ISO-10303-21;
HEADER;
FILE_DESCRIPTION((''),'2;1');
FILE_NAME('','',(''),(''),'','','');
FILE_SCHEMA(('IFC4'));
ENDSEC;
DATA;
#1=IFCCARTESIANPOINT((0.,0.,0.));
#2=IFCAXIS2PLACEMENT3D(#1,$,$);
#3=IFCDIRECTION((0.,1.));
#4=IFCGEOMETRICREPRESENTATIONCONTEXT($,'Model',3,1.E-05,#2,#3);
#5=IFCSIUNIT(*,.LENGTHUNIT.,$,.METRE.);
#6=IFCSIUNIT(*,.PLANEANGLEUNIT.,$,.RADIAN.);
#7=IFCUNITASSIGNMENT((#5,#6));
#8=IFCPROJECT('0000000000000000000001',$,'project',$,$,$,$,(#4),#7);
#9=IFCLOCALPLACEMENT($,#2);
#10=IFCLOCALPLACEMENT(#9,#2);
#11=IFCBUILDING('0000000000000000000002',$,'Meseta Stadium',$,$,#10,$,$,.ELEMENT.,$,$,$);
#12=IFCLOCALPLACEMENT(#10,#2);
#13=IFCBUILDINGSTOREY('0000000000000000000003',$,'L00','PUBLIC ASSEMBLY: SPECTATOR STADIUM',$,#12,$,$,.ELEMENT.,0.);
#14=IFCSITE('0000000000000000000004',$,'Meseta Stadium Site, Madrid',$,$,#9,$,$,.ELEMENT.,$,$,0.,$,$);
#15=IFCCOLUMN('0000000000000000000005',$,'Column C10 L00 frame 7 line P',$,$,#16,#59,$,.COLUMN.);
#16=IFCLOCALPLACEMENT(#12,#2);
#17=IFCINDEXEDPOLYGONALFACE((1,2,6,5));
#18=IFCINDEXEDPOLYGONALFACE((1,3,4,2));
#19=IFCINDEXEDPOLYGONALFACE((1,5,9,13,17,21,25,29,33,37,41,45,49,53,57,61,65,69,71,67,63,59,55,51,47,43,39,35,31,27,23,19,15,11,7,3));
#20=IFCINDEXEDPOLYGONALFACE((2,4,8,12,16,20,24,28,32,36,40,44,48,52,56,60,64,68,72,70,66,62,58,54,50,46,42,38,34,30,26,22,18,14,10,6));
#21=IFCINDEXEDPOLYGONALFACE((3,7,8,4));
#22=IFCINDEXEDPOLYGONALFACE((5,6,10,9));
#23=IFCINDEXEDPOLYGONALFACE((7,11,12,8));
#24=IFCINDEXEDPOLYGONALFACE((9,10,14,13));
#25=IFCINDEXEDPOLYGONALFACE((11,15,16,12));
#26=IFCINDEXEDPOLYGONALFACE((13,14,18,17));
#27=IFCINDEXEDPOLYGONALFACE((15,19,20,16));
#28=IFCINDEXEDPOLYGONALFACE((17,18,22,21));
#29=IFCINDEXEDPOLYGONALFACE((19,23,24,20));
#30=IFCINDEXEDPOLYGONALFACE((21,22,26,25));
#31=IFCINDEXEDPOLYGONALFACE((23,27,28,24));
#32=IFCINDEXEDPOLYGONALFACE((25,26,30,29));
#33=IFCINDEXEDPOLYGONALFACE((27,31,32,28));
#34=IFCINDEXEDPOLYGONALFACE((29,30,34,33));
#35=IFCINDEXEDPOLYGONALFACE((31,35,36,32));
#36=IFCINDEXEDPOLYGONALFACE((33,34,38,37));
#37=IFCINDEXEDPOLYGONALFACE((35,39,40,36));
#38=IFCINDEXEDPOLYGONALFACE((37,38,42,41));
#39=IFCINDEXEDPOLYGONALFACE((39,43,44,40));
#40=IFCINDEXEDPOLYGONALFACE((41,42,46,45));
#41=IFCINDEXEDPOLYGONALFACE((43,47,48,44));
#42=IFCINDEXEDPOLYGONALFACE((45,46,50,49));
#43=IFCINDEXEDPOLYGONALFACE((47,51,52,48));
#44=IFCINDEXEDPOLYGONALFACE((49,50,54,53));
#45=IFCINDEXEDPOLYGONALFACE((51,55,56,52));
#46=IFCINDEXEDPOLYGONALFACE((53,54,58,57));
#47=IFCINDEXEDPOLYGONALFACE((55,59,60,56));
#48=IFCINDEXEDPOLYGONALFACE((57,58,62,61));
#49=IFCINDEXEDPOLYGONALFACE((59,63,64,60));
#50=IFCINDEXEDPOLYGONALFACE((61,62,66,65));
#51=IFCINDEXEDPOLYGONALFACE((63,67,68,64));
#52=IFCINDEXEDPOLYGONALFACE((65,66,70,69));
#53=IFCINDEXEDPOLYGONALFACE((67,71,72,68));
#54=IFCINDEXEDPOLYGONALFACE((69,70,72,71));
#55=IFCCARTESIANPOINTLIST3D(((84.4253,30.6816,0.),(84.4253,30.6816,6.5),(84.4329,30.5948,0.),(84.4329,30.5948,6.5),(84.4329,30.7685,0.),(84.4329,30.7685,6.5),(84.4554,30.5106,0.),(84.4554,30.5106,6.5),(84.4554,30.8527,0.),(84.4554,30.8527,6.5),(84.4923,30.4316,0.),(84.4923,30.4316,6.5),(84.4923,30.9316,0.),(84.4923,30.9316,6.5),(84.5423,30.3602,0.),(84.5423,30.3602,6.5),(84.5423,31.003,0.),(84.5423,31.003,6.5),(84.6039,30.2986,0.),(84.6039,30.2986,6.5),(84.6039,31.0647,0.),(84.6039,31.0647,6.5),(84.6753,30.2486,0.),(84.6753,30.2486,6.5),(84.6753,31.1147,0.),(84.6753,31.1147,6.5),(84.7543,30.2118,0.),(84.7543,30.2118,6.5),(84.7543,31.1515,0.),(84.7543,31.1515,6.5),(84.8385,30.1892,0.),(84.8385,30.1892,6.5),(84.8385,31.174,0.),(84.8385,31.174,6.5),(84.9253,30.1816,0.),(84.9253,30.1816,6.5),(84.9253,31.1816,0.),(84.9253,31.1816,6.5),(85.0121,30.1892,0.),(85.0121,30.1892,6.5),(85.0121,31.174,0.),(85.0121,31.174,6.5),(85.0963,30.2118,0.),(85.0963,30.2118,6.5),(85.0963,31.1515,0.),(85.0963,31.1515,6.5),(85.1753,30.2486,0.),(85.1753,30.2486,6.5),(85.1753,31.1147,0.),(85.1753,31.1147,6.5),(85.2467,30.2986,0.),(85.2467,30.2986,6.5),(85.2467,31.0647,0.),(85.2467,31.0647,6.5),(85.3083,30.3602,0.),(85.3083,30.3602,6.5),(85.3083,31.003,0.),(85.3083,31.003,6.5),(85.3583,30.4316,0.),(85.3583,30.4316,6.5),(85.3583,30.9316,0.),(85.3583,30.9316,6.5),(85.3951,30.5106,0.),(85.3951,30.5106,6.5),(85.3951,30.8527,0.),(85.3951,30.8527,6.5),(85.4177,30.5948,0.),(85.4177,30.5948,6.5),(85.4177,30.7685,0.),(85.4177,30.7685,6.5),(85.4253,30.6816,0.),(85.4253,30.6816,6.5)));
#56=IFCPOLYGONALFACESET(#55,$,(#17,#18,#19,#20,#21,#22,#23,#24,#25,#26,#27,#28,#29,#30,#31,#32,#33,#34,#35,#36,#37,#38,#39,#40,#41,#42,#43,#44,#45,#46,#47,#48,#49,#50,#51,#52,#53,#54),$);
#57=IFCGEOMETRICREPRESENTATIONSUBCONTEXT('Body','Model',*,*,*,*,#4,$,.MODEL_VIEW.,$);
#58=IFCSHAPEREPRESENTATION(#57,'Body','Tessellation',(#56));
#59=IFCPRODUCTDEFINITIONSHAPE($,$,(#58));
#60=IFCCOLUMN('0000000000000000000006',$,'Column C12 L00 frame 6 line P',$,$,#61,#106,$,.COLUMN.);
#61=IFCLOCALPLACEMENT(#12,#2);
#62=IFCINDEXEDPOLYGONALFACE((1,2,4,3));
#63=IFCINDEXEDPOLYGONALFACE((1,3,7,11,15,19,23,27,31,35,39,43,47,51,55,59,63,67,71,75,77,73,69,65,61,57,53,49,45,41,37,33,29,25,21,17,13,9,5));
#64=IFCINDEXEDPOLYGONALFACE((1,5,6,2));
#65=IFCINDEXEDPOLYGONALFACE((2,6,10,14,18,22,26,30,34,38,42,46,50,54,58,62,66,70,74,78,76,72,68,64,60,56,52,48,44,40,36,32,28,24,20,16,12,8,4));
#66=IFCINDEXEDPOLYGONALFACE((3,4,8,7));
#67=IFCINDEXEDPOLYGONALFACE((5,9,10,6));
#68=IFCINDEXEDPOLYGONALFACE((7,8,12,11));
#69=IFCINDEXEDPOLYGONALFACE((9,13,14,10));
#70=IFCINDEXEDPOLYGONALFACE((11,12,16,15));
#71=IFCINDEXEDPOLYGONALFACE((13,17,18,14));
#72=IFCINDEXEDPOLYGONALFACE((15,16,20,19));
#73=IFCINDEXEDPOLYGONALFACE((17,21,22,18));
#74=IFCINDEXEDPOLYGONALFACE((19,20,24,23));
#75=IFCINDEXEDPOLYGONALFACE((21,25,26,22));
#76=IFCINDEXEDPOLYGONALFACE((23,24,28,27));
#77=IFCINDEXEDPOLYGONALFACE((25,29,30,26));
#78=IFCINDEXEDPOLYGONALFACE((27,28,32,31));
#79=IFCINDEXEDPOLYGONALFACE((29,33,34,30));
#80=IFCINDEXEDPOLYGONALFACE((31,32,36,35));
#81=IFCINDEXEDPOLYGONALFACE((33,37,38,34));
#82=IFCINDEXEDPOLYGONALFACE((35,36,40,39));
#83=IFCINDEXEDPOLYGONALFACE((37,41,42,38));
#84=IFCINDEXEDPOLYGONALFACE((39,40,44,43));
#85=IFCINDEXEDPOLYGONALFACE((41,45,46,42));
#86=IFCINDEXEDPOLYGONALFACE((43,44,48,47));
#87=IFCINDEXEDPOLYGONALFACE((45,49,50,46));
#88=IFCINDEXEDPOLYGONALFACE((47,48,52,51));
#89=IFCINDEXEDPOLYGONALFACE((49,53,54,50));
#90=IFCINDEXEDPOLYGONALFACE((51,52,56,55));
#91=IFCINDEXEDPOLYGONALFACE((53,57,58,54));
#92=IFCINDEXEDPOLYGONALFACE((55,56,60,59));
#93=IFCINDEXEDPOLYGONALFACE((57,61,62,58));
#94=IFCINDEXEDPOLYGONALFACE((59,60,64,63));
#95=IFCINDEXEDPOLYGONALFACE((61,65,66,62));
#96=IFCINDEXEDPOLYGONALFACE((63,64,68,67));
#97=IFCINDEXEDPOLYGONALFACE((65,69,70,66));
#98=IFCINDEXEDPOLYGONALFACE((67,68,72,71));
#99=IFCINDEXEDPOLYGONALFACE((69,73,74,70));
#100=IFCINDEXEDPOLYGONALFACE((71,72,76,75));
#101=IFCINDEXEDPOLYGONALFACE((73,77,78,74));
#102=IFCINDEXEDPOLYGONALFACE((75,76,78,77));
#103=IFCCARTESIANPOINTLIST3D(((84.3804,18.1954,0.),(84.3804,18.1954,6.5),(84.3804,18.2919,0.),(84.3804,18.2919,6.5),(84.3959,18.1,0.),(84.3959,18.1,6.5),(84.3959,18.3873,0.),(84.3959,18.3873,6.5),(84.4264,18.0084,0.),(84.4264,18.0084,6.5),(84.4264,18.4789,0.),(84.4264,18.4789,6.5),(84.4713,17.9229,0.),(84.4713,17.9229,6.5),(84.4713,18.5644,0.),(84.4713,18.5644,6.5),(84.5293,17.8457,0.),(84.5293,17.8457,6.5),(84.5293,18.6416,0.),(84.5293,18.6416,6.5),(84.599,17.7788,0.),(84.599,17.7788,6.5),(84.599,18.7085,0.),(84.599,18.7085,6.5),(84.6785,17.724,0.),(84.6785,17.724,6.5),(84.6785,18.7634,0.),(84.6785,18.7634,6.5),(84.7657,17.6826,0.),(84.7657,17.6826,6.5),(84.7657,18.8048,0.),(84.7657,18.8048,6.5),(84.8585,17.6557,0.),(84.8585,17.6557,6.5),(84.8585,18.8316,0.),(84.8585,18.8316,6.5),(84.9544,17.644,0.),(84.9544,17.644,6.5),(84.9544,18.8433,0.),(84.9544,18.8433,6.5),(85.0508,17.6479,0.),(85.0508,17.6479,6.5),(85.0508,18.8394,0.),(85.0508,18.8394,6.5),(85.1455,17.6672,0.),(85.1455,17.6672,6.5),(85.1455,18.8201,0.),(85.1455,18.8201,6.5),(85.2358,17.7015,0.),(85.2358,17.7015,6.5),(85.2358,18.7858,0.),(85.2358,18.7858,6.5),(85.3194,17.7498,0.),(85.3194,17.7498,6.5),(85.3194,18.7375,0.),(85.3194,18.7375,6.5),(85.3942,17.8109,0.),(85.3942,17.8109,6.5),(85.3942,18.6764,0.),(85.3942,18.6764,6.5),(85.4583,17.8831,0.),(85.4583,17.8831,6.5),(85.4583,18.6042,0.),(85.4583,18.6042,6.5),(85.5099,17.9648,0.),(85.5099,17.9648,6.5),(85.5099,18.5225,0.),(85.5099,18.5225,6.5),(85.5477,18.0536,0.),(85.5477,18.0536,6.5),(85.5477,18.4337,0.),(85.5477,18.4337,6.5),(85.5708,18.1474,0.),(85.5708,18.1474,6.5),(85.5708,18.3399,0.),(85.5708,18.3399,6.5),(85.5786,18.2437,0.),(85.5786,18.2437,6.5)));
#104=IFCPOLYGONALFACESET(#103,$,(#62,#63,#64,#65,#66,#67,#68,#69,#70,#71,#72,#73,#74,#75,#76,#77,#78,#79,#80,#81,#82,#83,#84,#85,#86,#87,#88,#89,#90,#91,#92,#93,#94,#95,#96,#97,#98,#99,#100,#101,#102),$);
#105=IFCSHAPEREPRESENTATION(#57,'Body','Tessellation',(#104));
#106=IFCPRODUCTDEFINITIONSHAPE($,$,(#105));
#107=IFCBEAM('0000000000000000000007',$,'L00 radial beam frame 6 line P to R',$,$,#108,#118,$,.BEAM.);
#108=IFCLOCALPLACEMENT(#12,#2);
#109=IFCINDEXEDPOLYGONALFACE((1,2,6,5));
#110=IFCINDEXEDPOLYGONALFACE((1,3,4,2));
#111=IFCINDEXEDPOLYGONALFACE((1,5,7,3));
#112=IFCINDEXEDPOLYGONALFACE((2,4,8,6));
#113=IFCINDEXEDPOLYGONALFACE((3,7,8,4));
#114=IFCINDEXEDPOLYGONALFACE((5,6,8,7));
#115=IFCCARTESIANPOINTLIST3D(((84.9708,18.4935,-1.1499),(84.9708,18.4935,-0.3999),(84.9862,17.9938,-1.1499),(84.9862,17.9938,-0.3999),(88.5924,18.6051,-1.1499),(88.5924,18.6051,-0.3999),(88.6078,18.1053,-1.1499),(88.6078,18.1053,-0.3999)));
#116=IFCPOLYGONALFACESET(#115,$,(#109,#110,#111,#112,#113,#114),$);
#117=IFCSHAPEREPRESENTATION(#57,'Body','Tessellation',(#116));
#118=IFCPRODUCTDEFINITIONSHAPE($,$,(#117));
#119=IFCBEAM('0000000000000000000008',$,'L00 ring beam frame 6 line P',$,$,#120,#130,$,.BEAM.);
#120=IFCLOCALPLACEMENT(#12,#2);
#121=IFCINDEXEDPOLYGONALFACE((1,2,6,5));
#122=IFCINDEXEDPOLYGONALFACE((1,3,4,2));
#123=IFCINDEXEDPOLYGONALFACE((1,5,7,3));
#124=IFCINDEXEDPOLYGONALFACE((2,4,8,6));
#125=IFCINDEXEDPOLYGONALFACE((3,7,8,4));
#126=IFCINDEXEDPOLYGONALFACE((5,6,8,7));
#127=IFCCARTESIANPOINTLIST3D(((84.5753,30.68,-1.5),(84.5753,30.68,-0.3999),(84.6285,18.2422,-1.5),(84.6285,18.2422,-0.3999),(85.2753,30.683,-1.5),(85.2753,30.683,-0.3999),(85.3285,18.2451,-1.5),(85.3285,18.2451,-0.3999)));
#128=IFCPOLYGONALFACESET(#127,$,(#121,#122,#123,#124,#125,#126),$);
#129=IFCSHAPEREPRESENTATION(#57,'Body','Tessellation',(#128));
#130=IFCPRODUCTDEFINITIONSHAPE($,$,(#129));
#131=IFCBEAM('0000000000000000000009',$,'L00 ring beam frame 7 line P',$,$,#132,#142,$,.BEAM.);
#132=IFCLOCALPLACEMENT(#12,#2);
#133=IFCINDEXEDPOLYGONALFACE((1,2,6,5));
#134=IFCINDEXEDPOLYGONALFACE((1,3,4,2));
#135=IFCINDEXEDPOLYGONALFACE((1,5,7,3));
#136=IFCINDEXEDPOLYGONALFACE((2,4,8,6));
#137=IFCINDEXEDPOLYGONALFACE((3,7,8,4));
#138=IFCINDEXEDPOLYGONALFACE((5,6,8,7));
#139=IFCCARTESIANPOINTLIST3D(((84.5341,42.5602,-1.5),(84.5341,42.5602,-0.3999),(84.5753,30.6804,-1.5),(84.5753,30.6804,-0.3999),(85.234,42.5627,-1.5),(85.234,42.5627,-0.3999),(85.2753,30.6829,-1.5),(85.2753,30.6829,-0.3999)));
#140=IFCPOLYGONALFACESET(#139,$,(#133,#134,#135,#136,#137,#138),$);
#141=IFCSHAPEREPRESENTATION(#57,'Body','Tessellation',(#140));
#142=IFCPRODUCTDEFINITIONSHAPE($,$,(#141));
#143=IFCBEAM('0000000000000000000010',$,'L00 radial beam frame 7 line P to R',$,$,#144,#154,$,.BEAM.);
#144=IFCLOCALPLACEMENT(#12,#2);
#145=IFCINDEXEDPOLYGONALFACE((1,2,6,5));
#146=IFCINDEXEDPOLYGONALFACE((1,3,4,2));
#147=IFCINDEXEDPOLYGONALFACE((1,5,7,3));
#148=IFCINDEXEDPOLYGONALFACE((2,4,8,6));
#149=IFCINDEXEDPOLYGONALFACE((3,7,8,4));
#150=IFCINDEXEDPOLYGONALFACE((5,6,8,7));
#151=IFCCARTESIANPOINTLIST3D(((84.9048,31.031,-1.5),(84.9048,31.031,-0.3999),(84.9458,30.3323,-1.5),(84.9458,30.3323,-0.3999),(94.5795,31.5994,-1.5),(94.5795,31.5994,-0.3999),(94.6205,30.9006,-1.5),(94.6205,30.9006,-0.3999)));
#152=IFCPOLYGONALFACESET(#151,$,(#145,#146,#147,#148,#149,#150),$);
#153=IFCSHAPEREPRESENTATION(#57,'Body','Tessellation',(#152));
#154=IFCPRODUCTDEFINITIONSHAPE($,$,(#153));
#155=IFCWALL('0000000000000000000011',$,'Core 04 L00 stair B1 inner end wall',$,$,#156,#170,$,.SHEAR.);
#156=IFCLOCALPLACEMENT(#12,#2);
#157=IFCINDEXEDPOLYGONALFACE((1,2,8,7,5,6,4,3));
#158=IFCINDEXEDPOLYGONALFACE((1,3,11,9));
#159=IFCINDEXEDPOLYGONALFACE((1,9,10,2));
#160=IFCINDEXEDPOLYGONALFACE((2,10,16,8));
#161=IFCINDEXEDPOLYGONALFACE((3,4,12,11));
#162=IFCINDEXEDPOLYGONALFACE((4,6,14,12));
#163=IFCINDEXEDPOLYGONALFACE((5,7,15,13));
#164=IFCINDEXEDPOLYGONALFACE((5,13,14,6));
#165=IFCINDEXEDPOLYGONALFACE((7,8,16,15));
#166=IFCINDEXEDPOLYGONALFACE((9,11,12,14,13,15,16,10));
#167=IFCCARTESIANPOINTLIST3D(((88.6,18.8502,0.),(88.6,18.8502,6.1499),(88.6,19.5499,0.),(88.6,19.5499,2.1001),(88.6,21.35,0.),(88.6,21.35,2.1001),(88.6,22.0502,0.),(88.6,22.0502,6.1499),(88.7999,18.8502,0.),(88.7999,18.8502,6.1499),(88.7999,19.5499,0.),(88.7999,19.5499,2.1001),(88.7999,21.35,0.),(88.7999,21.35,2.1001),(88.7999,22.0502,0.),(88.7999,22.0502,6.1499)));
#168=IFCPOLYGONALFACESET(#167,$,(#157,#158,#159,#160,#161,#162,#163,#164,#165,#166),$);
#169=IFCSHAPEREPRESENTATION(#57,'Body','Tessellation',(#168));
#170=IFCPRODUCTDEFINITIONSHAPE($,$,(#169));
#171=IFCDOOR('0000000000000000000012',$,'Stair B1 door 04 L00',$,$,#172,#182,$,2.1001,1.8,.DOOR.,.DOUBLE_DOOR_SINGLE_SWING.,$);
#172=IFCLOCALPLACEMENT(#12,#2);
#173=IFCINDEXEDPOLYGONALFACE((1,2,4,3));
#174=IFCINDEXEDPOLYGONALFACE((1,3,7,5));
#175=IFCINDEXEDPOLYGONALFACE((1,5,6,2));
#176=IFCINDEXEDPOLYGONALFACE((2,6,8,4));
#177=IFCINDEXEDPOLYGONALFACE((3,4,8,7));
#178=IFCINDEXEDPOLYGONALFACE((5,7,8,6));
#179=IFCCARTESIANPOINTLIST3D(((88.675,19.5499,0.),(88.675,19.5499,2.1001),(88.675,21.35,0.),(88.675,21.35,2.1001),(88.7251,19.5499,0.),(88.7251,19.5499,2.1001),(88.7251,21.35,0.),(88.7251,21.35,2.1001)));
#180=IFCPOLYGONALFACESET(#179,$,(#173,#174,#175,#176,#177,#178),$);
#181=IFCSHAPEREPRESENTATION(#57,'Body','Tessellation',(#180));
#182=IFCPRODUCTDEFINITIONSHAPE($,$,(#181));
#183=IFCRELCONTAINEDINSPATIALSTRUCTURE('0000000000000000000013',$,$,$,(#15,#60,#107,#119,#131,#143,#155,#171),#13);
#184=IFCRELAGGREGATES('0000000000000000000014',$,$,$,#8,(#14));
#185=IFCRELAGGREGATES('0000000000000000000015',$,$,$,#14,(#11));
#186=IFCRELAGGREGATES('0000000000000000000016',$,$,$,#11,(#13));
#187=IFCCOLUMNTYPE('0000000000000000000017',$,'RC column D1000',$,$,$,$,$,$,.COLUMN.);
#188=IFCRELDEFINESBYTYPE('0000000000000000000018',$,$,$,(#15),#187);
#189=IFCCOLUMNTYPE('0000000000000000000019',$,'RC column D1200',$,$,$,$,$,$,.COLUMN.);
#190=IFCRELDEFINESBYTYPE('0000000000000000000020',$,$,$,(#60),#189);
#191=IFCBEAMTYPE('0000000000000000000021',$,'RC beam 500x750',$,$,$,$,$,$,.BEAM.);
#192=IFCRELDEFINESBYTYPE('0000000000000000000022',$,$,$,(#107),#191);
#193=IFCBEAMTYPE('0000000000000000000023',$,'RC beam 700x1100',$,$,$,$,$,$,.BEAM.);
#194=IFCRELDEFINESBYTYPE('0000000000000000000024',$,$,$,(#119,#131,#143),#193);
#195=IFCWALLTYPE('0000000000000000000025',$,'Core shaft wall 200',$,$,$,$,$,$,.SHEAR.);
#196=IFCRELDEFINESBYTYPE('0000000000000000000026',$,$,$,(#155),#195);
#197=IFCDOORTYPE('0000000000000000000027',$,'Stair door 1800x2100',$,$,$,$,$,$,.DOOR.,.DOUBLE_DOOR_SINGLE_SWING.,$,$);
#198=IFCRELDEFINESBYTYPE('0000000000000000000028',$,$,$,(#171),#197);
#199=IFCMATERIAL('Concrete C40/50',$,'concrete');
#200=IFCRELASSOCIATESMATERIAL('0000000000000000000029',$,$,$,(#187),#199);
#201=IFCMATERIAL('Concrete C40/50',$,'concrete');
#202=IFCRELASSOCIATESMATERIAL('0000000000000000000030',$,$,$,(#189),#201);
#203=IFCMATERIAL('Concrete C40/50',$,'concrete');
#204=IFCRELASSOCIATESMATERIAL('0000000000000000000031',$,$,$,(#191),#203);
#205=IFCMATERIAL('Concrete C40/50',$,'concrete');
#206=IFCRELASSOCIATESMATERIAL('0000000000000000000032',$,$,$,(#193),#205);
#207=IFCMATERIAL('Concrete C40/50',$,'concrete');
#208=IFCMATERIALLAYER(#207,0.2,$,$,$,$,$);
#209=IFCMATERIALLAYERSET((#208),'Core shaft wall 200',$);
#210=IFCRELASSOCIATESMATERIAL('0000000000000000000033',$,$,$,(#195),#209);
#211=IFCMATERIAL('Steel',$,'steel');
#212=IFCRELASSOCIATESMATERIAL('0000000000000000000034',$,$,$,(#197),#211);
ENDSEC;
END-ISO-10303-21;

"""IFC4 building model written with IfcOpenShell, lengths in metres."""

from ifc_helpers import new_model, si_unit, direction, frame, frame_2d, origin, origin_2d, place, context, subcontext, project, spatial, rectangle, circle, extrude, material, layer, layer_set, material_profile, profile_set, type_object, element, fill, save


model = new_model("IFC4")

# Units and contexts
model_context = context("Model", 3, precision=1e-05, world=origin(), true_north=direction((0.0, 1.0)))
body_context = subcontext(model_context, "Body", "Model", "MODEL_VIEW")
ifc_project = project(units=[si_unit("LENGTHUNIT", "METRE"), si_unit("PLANEANGLEUNIT", "RADIAN")], contexts=[model_context])

# Site, building, storey
site_placement = place(None, origin())
site = spatial("IfcSite", under=ifc_project, at=site_placement, Name="Meseta Stadium Site, Madrid", CompositionType="ELEMENT", RefElevation=0.0)
building_placement = place(site_placement, origin())
building = spatial("IfcBuilding", under=site, at=building_placement, Name="Meseta Stadium", CompositionType="ELEMENT")
storey_placement = place(building_placement, origin())
storey = spatial("IfcBuildingStorey", under=building, at=storey_placement, Name="L00", Description="PUBLIC ASSEMBLY: SPECTATOR STADIUM", CompositionType="ELEMENT", Elevation=0.0)

# Columns
ifc_material_1 = material(Name="Concrete C40/50", Category="concrete")
ifc_material_profile_1 = material_profile(ifc_material_1, circle(Radius=0.5, at=origin_2d()), Name="RC D1000")
ifc_profile_set_1 = profile_set([ifc_material_profile_1], Name="Concrete C40/50")
column_type_1 = type_object("IfcColumnType", Name="RC column D1000", PredefinedType="COLUMN", material=ifc_profile_set_1)
column_1_placement = place(storey_placement, frame((84.9253, 30.6816, 0.0), z_axis=(0.0, 0.0, 1.0), x_axis=(1.0, 0.0, 0.0)))
element("IfcColumn", 1, at=column_1_placement, inside=storey, type_object=column_type_1, Name="Column C10 L00 frame 7 line P", PredefinedType="COLUMN", context=body_context, shape_type="SweptSolid", body=[
    extrude(circle(Radius=0.5, at=origin_2d()), origin(), (0.0, 0.0, 1.0), 6.5),
])
ifc_material_2 = material(Name="Concrete C40/50", Category="concrete")
ifc_material_profile_2 = material_profile(ifc_material_2, circle(Radius=0.6001, at=origin_2d()), Name="RC D1200")
ifc_profile_set_2 = profile_set([ifc_material_profile_2], Name="Concrete C40/50")
column_type_2 = type_object("IfcColumnType", Name="RC column D1200", PredefinedType="COLUMN", material=ifc_profile_set_2)
column_2_placement = place(storey_placement, frame((84.9785, 18.2437, 0.0), z_axis=(0.0, 0.0, 1.0), x_axis=(1.0, 0.0, 0.0)))
element("IfcColumn", 2, at=column_2_placement, inside=storey, type_object=column_type_2, Name="Column C12 L00 frame 6 line P", PredefinedType="COLUMN", context=body_context, shape_type="SweptSolid", body=[
    extrude(circle(Radius=0.6001, at=origin_2d()), origin(), (0.0, 0.0, 1.0), 6.5),
])

# Beams
ifc_material_3 = material(Name="Concrete C40/50", Category="concrete")
ifc_material_profile_3 = material_profile(ifc_material_3, rectangle(XDim=0.5, YDim=0.75, at=origin_2d()), Name="RC 500x750")
ifc_profile_set_3 = profile_set([ifc_material_profile_3], Name="Concrete C40/50")
beam_type_1 = type_object("IfcBeamType", Name="RC beam 500x750", PredefinedType="BEAM", material=ifc_profile_set_3)
beam_1_placement = place(storey_placement, frame((84.9785, 18.2437, -0.7749), z_axis=(0.999526, 0.030793, 0.0), x_axis=(-0.030793, 0.999526, 0.0)))
element("IfcBeam", 3, at=beam_1_placement, inside=storey, type_object=beam_type_1, Name="L00 radial beam frame 6 line P to R", PredefinedType="BEAM", context=body_context, shape_type="SweptSolid", body=[
    extrude(rectangle(XDim=0.5, YDim=0.75, at=origin_2d()), origin(), (0.0, 0.0, 1.0), 3.6233),
])
ifc_material_4 = material(Name="Concrete C40/50", Category="concrete")
ifc_material_profile_4 = material_profile(ifc_material_4, rectangle(XDim=0.7, YDim=1.1001, at=origin_2d()), Name="RC 700x1100")
ifc_profile_set_4 = profile_set([ifc_material_profile_4], Name="Concrete C40/50")
beam_type_2 = type_object("IfcBeamType", Name="RC beam 700x1100", PredefinedType="BEAM", material=ifc_profile_set_4)
beam_2_placement = place(storey_placement, frame((84.9785, 18.2437, -0.95), z_axis=(-0.004279, 0.999991, 0.0), x_axis=(-0.999991, -0.004279, 0.0)))
element("IfcBeam", 4, at=beam_2_placement, inside=storey, type_object=beam_type_2, Name="L00 ring beam frame 6 line P", PredefinedType="BEAM", context=body_context, shape_type="SweptSolid", body=[
    extrude(rectangle(XDim=0.7, YDim=1.1001, at=origin_2d()), origin(), (0.0, 0.0, 1.0), 12.438),
])
beam_3_placement = place(storey_placement, frame((84.9253, 30.6816, -0.95), z_axis=(-0.003473, 0.999994, 0.0), x_axis=(-0.999994, -0.003473, 0.0)))
element("IfcBeam", 5, at=beam_3_placement, inside=storey, type_object=beam_type_2, Name="L00 ring beam frame 7 line P", PredefinedType="BEAM", context=body_context, shape_type="SweptSolid", body=[
    extrude(rectangle(XDim=0.7, YDim=1.1001, at=origin_2d()), origin(), (0.0, 0.0, 1.0), 11.8799),
])
beam_4_placement = place(storey_placement, frame((84.9253, 30.6816, -0.95), z_axis=(0.998279, 0.058645, 0.0), x_axis=(-0.058645, 0.998279, 0.0)))
element("IfcBeam", 6, at=beam_4_placement, inside=storey, type_object=beam_type_2, Name="L00 radial beam frame 7 line P to R", PredefinedType="BEAM", context=body_context, shape_type="SweptSolid", body=[
    extrude(rectangle(XDim=0.7, YDim=1.1001, at=origin_2d()), origin(), (0.0, 0.0, 1.0), 9.6914),
])

# Wall, opening, door
ifc_material_5 = material(Name="Concrete C40/50", Category="concrete")
ifc_layer_1 = layer(ifc_material_5, 0.2)
ifc_layer_set_1 = layer_set([ifc_layer_1], Name="Core shaft wall 200")
wall_type_1 = type_object("IfcWallType", Name="Core shaft wall 200", PredefinedType="SHEAR", material=ifc_layer_set_1)
wall_1_placement = place(storey_placement, frame((88.7, 18.8501, 0.0), z_axis=(0.0, 0.0, 1.0), x_axis=(0.0, 1.0, 0.0)))
wall_1 = element("IfcWall", 7, at=wall_1_placement, inside=storey, type_object=wall_type_1, Name="Core 04 L00 stair B1 inner end wall", PredefinedType="SHEAR", context=body_context, shape_type="SweptSolid", body=[
    extrude(rectangle(XDim=3.2, YDim=0.2, at=frame_2d((1.6001, 0.0))), origin(), (0.0, 0.0, 1.0), 6.1499),
])
opening_1_placement = place(wall_1_placement, frame((0.7, 0.0, 0.0)))
opening_1 = element("IfcOpeningElement", 8, at=opening_1_placement, cuts=wall_1, PredefinedType="OPENING", context=body_context, shape_type="SweptSolid", body=[
    extrude(rectangle(XDim=1.8, YDim=2.1001, at=frame_2d((0.8999, 1.05))), frame((0.0, 0.1099, 0.0), z_axis=(0.0, -1.0, 0.0), x_axis=(1.0, 0.0, 0.0)), (0.0, 0.0, 1.0), 0.22),
])
ifc_material_6 = material(Name="Steel", Category="steel")
door_type = type_object("IfcDoorType", Name="Stair door 1800x2100", OperationType="DOUBLE_DOOR_SINGLE_SWING", PredefinedType="DOOR", material=ifc_material_6)
door_1_placement = place(opening_1_placement, origin())
door_1 = element("IfcDoor", 9, at=door_1_placement, inside=storey, type_object=door_type, Name="Stair B1 door 04 L00", OperationType="DOUBLE_DOOR_SINGLE_SWING", OverallHeight=2.1001, OverallWidth=1.8, PredefinedType="DOOR", context=body_context, shape_type="SweptSolid", body=[
    extrude(rectangle(XDim=1.8, YDim=2.1001, at=frame_2d((0.8999, 1.05))), frame((0.0, 0.0249, 0.0), z_axis=(0.0, -1.0, 0.0), x_axis=(1.0, 0.0, 0.0)), (0.0, 0.0, 1.0), 0.05),
])
fill(opening_1, door_1)

save(model, "model.ifc")
